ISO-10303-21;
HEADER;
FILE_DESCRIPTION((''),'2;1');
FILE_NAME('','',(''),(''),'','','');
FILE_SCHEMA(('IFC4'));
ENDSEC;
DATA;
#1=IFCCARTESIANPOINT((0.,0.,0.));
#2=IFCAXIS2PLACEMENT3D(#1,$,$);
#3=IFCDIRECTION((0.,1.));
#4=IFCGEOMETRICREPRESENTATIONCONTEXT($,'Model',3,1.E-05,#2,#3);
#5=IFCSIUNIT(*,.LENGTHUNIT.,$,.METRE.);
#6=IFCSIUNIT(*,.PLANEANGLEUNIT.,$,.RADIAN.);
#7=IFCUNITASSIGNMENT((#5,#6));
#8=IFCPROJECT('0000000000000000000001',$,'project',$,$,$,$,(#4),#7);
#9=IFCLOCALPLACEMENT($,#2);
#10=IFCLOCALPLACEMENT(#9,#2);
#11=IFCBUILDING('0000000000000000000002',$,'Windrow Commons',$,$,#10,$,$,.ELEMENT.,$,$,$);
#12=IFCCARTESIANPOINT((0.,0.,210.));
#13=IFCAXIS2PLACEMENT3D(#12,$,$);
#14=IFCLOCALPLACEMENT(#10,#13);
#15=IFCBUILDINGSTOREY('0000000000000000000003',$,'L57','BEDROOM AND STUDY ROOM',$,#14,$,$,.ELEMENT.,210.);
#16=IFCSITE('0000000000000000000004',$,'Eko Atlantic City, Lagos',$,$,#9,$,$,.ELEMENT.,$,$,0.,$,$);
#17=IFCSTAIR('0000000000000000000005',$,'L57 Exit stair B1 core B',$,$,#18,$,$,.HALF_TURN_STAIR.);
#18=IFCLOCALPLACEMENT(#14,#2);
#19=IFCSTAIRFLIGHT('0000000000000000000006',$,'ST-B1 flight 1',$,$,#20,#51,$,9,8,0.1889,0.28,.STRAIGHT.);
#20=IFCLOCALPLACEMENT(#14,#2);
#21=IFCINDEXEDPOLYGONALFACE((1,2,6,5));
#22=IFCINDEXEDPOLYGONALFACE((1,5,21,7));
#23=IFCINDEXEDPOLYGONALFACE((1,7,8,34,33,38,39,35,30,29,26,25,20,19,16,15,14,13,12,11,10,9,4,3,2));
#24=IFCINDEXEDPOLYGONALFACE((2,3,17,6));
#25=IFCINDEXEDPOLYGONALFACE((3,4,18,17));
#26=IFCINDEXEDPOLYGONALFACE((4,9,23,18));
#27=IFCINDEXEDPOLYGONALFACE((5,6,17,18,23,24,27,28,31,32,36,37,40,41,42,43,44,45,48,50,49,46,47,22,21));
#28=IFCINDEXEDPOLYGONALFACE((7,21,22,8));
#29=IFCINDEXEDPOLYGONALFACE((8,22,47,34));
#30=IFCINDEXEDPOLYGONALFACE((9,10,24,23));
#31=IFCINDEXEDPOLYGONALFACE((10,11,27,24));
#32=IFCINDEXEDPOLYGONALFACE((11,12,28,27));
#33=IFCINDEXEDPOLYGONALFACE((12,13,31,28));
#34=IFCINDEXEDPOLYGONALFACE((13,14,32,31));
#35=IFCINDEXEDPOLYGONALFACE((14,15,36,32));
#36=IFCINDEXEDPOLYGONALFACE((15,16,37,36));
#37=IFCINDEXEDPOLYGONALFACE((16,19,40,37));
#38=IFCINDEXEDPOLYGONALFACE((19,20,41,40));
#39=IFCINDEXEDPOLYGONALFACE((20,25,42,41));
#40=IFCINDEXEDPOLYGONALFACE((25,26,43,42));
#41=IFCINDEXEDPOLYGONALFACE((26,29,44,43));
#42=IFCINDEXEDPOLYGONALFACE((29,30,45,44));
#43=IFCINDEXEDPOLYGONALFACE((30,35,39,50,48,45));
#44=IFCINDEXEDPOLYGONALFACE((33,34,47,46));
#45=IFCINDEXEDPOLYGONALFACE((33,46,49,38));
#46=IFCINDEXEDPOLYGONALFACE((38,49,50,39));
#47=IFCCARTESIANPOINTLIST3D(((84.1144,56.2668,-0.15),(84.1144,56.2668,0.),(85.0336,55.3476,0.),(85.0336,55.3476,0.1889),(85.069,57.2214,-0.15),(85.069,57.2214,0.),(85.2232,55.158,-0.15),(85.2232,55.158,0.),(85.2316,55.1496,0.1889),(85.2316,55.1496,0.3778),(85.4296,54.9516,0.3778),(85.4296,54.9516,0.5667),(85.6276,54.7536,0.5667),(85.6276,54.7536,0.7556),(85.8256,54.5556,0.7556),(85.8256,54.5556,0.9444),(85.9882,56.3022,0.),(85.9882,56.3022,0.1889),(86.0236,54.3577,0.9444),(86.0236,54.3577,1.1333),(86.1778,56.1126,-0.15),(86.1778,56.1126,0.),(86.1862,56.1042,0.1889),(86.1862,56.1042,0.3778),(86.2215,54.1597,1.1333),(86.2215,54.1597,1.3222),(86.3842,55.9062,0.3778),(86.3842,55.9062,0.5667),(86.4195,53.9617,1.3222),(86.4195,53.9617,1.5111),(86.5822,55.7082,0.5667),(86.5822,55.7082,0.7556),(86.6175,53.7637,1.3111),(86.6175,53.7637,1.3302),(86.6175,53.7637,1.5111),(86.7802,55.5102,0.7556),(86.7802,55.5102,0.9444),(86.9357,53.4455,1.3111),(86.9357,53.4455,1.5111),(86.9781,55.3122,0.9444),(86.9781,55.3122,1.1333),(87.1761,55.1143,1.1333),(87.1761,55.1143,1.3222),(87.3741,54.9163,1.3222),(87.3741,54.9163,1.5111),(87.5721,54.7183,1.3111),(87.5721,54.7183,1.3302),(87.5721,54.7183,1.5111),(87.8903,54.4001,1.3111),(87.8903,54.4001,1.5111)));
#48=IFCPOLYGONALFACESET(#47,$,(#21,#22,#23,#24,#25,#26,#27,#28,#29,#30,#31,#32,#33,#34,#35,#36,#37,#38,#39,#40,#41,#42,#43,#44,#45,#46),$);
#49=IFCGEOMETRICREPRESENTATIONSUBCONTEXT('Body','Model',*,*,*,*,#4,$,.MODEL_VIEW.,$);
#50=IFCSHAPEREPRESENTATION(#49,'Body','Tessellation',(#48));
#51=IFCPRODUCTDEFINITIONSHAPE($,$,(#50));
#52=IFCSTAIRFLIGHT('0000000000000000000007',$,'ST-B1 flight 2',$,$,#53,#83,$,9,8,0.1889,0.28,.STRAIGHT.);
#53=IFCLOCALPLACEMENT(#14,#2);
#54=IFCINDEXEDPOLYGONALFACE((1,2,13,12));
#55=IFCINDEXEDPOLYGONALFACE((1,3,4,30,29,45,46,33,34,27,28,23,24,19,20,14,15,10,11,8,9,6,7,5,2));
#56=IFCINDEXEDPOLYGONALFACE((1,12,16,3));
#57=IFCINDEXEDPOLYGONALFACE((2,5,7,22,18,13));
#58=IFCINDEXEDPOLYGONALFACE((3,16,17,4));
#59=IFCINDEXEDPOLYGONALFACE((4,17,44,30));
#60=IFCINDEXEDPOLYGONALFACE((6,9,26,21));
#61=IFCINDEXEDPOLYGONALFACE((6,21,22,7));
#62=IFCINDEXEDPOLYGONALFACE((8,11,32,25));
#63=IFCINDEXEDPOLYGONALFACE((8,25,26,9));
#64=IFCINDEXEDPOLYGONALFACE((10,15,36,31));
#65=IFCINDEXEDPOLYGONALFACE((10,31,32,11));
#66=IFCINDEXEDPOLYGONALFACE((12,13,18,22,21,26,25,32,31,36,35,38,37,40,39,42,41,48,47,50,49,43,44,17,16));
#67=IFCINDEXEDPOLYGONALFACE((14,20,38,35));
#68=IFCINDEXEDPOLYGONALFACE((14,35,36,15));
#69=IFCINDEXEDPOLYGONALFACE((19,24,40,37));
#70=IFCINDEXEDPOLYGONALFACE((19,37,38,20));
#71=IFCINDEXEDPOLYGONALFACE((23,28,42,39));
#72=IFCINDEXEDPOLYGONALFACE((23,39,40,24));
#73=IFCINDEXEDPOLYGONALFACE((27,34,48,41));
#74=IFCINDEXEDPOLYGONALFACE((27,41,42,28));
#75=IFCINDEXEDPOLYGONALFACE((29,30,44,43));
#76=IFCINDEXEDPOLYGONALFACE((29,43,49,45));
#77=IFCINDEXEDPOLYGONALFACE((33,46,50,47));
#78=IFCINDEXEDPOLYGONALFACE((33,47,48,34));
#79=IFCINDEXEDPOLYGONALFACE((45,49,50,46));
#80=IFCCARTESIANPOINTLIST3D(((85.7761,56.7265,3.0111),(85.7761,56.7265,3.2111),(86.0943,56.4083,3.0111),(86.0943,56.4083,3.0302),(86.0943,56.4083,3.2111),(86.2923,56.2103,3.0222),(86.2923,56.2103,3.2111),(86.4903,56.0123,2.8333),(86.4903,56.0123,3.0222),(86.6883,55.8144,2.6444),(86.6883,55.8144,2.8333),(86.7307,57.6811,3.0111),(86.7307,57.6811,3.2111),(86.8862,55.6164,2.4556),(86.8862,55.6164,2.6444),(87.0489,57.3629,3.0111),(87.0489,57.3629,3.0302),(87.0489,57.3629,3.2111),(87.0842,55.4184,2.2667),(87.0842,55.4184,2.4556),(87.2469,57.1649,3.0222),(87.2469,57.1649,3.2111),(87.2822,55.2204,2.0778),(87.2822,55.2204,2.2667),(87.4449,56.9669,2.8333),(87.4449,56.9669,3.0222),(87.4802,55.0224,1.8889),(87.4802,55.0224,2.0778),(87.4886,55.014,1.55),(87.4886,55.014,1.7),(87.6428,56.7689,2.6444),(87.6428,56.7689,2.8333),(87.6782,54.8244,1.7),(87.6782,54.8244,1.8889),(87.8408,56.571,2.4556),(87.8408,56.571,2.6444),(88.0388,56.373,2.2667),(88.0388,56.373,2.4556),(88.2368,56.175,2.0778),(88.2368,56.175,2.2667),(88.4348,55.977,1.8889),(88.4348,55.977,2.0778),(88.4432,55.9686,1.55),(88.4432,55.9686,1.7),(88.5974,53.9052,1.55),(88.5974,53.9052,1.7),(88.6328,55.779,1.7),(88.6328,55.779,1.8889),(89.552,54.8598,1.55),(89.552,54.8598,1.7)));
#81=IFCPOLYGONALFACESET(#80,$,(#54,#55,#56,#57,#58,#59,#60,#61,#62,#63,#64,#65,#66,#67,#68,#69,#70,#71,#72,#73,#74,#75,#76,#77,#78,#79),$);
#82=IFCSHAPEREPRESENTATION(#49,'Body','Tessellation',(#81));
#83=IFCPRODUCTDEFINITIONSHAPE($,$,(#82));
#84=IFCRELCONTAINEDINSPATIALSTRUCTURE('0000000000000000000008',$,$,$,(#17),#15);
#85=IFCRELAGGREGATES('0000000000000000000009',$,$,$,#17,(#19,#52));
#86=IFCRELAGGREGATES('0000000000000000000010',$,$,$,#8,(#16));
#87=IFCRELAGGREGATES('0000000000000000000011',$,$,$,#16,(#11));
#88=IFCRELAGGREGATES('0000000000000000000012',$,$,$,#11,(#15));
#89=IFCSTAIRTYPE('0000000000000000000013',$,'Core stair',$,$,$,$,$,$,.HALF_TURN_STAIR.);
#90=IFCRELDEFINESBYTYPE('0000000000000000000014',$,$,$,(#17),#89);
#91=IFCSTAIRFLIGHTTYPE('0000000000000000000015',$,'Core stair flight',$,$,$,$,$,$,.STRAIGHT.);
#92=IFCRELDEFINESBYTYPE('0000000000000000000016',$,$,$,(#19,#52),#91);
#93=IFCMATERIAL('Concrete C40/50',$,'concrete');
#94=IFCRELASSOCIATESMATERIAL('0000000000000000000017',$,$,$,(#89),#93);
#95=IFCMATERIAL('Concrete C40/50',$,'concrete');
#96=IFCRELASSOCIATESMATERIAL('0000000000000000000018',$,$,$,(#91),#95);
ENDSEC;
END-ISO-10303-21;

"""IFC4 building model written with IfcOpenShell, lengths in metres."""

from ifc_helpers import new_model, si_unit, direction, frame, origin, place, context, subcontext, project, spatial, polyline, outline, extrude, material, type_object, element, aggregate, save


model = new_model("IFC4")

# Units and contexts
model_context = context("Model", 3, precision=1e-05, world=origin(), true_north=direction((0.0, 1.0)))
body_context = subcontext(model_context, "Body", "Model", "MODEL_VIEW")
ifc_project = project(units=[si_unit("LENGTHUNIT", "METRE"), si_unit("PLANEANGLEUNIT", "RADIAN")], contexts=[model_context])

# Site, building, storey
site_placement = place(None, origin())
site = spatial("IfcSite", under=ifc_project, at=site_placement, Name="Eko Atlantic City, Lagos", CompositionType="ELEMENT", RefElevation=0.0)
building_placement = place(site_placement, origin())
building = spatial("IfcBuilding", under=site, at=building_placement, Name="Windrow Commons", CompositionType="ELEMENT")
storey_placement = place(building_placement, frame((0.0, 0.0, 210.0)))
storey = spatial("IfcBuildingStorey", under=building, at=storey_placement, Name="L57", Description="BEDROOM AND STUDY ROOM", CompositionType="ELEMENT", Elevation=210.0)

# Stair, stair flights
ifc_material_1 = material(Name="Concrete C40/50", Category="concrete")
stair_type = type_object("IfcStairType", Name="Core stair", PredefinedType="HALF_TURN_STAIR", material=ifc_material_1)
stair_placement = place(storey_placement, origin())
stair = element("IfcStair", 1, at=stair_placement, inside=storey, type_object=stair_type, Name="L57 Exit stair B1 core B", PredefinedType="HALF_TURN_STAIR")
ifc_material_2 = material(Name="Concrete C40/50", Category="concrete")
stair_flight_type = type_object("IfcStairFlightType", Name="Core stair flight", PredefinedType="STRAIGHT", material=ifc_material_2)
stair_flight_1_placement = place(storey_placement, frame((85.5109, 55.8249, 0.0), z_axis=(0.0, 0.0, 1.0), x_axis=(0.707107, -0.707107, 0.0)))
stair_flight_1 = element("IfcStairFlight", 2, at=stair_flight_1_placement, type_object=stair_flight_type, Name="ST-B1 flight 1", NumberOfRisers=9, NumberOfTreads=8, PredefinedType="STRAIGHT", RiserHeight=0.1889, TreadLength=0.28, context=body_context, shape_type="SweptSolid", body=[
    extrude(outline(polyline([(-1.3, -0.15), (-1.3, 0.0), (0.0, 0.0), (0.0, 0.1889), (0.28, 0.1889), (0.28, 0.3778), (0.56, 0.3778), (0.56, 0.5667), (0.84, 0.5667), (0.84, 0.7556), (1.12, 0.7556), (1.12, 0.9444), (1.4, 0.9444), (1.4, 1.1333), (1.68, 1.1333), (1.68, 1.3222), (1.96, 1.3222), (1.96, 1.5111), (2.24, 1.5111), (2.69, 1.5111), (2.69, 1.3111), (2.24, 1.3111), (2.24, 1.3302), (0.2682, 0.0), (0.2682, -0.15), (-1.3, -0.15)])), frame((0.0, 0.675, 0.0), z_axis=(0.0, -1.0, 0.0), x_axis=(1.0, 0.0, 0.0)), (0.0, 0.0, 1.0), 1.35),
])
stair_flight_2_placement = place(storey_placement, frame((88.1555, 55.3017, 1.7), z_axis=(0.0, 0.0, 1.0), x_axis=(-0.707107, 0.707107, 0.0)))
stair_flight_2 = element("IfcStairFlight", 3, at=stair_flight_2_placement, type_object=stair_flight_type, Name="ST-B1 flight 2", NumberOfRisers=9, NumberOfTreads=8, PredefinedType="STRAIGHT", RiserHeight=0.1889, TreadLength=0.28, context=body_context, shape_type="SweptSolid", body=[
    extrude(outline(polyline([(-1.3, -0.15), (-1.3, 0.0), (0.0, 0.0), (0.0, 0.1889), (0.28, 0.1889), (0.28, 0.3778), (0.56, 0.3778), (0.56, 0.5667), (0.84, 0.5667), (0.84, 0.7556), (1.12, 0.7556), (1.12, 0.9444), (1.4, 0.9444), (1.4, 1.1333), (1.68, 1.1333), (1.68, 1.3222), (1.96, 1.3222), (1.96, 1.5111), (2.24, 1.5111), (2.69, 1.5111), (2.69, 1.3111), (2.24, 1.3111), (2.24, 1.3302), (0.2682, 0.0), (0.2682, -0.15), (-1.3, -0.15)])), frame((0.0, 0.675, 0.0), z_axis=(0.0, -1.0, 0.0), x_axis=(1.0, 0.0, 0.0)), (0.0, 0.0, 1.0), 1.35),
])
aggregate(stair, [stair_flight_1, stair_flight_2])

save(model, "model.ifc")
